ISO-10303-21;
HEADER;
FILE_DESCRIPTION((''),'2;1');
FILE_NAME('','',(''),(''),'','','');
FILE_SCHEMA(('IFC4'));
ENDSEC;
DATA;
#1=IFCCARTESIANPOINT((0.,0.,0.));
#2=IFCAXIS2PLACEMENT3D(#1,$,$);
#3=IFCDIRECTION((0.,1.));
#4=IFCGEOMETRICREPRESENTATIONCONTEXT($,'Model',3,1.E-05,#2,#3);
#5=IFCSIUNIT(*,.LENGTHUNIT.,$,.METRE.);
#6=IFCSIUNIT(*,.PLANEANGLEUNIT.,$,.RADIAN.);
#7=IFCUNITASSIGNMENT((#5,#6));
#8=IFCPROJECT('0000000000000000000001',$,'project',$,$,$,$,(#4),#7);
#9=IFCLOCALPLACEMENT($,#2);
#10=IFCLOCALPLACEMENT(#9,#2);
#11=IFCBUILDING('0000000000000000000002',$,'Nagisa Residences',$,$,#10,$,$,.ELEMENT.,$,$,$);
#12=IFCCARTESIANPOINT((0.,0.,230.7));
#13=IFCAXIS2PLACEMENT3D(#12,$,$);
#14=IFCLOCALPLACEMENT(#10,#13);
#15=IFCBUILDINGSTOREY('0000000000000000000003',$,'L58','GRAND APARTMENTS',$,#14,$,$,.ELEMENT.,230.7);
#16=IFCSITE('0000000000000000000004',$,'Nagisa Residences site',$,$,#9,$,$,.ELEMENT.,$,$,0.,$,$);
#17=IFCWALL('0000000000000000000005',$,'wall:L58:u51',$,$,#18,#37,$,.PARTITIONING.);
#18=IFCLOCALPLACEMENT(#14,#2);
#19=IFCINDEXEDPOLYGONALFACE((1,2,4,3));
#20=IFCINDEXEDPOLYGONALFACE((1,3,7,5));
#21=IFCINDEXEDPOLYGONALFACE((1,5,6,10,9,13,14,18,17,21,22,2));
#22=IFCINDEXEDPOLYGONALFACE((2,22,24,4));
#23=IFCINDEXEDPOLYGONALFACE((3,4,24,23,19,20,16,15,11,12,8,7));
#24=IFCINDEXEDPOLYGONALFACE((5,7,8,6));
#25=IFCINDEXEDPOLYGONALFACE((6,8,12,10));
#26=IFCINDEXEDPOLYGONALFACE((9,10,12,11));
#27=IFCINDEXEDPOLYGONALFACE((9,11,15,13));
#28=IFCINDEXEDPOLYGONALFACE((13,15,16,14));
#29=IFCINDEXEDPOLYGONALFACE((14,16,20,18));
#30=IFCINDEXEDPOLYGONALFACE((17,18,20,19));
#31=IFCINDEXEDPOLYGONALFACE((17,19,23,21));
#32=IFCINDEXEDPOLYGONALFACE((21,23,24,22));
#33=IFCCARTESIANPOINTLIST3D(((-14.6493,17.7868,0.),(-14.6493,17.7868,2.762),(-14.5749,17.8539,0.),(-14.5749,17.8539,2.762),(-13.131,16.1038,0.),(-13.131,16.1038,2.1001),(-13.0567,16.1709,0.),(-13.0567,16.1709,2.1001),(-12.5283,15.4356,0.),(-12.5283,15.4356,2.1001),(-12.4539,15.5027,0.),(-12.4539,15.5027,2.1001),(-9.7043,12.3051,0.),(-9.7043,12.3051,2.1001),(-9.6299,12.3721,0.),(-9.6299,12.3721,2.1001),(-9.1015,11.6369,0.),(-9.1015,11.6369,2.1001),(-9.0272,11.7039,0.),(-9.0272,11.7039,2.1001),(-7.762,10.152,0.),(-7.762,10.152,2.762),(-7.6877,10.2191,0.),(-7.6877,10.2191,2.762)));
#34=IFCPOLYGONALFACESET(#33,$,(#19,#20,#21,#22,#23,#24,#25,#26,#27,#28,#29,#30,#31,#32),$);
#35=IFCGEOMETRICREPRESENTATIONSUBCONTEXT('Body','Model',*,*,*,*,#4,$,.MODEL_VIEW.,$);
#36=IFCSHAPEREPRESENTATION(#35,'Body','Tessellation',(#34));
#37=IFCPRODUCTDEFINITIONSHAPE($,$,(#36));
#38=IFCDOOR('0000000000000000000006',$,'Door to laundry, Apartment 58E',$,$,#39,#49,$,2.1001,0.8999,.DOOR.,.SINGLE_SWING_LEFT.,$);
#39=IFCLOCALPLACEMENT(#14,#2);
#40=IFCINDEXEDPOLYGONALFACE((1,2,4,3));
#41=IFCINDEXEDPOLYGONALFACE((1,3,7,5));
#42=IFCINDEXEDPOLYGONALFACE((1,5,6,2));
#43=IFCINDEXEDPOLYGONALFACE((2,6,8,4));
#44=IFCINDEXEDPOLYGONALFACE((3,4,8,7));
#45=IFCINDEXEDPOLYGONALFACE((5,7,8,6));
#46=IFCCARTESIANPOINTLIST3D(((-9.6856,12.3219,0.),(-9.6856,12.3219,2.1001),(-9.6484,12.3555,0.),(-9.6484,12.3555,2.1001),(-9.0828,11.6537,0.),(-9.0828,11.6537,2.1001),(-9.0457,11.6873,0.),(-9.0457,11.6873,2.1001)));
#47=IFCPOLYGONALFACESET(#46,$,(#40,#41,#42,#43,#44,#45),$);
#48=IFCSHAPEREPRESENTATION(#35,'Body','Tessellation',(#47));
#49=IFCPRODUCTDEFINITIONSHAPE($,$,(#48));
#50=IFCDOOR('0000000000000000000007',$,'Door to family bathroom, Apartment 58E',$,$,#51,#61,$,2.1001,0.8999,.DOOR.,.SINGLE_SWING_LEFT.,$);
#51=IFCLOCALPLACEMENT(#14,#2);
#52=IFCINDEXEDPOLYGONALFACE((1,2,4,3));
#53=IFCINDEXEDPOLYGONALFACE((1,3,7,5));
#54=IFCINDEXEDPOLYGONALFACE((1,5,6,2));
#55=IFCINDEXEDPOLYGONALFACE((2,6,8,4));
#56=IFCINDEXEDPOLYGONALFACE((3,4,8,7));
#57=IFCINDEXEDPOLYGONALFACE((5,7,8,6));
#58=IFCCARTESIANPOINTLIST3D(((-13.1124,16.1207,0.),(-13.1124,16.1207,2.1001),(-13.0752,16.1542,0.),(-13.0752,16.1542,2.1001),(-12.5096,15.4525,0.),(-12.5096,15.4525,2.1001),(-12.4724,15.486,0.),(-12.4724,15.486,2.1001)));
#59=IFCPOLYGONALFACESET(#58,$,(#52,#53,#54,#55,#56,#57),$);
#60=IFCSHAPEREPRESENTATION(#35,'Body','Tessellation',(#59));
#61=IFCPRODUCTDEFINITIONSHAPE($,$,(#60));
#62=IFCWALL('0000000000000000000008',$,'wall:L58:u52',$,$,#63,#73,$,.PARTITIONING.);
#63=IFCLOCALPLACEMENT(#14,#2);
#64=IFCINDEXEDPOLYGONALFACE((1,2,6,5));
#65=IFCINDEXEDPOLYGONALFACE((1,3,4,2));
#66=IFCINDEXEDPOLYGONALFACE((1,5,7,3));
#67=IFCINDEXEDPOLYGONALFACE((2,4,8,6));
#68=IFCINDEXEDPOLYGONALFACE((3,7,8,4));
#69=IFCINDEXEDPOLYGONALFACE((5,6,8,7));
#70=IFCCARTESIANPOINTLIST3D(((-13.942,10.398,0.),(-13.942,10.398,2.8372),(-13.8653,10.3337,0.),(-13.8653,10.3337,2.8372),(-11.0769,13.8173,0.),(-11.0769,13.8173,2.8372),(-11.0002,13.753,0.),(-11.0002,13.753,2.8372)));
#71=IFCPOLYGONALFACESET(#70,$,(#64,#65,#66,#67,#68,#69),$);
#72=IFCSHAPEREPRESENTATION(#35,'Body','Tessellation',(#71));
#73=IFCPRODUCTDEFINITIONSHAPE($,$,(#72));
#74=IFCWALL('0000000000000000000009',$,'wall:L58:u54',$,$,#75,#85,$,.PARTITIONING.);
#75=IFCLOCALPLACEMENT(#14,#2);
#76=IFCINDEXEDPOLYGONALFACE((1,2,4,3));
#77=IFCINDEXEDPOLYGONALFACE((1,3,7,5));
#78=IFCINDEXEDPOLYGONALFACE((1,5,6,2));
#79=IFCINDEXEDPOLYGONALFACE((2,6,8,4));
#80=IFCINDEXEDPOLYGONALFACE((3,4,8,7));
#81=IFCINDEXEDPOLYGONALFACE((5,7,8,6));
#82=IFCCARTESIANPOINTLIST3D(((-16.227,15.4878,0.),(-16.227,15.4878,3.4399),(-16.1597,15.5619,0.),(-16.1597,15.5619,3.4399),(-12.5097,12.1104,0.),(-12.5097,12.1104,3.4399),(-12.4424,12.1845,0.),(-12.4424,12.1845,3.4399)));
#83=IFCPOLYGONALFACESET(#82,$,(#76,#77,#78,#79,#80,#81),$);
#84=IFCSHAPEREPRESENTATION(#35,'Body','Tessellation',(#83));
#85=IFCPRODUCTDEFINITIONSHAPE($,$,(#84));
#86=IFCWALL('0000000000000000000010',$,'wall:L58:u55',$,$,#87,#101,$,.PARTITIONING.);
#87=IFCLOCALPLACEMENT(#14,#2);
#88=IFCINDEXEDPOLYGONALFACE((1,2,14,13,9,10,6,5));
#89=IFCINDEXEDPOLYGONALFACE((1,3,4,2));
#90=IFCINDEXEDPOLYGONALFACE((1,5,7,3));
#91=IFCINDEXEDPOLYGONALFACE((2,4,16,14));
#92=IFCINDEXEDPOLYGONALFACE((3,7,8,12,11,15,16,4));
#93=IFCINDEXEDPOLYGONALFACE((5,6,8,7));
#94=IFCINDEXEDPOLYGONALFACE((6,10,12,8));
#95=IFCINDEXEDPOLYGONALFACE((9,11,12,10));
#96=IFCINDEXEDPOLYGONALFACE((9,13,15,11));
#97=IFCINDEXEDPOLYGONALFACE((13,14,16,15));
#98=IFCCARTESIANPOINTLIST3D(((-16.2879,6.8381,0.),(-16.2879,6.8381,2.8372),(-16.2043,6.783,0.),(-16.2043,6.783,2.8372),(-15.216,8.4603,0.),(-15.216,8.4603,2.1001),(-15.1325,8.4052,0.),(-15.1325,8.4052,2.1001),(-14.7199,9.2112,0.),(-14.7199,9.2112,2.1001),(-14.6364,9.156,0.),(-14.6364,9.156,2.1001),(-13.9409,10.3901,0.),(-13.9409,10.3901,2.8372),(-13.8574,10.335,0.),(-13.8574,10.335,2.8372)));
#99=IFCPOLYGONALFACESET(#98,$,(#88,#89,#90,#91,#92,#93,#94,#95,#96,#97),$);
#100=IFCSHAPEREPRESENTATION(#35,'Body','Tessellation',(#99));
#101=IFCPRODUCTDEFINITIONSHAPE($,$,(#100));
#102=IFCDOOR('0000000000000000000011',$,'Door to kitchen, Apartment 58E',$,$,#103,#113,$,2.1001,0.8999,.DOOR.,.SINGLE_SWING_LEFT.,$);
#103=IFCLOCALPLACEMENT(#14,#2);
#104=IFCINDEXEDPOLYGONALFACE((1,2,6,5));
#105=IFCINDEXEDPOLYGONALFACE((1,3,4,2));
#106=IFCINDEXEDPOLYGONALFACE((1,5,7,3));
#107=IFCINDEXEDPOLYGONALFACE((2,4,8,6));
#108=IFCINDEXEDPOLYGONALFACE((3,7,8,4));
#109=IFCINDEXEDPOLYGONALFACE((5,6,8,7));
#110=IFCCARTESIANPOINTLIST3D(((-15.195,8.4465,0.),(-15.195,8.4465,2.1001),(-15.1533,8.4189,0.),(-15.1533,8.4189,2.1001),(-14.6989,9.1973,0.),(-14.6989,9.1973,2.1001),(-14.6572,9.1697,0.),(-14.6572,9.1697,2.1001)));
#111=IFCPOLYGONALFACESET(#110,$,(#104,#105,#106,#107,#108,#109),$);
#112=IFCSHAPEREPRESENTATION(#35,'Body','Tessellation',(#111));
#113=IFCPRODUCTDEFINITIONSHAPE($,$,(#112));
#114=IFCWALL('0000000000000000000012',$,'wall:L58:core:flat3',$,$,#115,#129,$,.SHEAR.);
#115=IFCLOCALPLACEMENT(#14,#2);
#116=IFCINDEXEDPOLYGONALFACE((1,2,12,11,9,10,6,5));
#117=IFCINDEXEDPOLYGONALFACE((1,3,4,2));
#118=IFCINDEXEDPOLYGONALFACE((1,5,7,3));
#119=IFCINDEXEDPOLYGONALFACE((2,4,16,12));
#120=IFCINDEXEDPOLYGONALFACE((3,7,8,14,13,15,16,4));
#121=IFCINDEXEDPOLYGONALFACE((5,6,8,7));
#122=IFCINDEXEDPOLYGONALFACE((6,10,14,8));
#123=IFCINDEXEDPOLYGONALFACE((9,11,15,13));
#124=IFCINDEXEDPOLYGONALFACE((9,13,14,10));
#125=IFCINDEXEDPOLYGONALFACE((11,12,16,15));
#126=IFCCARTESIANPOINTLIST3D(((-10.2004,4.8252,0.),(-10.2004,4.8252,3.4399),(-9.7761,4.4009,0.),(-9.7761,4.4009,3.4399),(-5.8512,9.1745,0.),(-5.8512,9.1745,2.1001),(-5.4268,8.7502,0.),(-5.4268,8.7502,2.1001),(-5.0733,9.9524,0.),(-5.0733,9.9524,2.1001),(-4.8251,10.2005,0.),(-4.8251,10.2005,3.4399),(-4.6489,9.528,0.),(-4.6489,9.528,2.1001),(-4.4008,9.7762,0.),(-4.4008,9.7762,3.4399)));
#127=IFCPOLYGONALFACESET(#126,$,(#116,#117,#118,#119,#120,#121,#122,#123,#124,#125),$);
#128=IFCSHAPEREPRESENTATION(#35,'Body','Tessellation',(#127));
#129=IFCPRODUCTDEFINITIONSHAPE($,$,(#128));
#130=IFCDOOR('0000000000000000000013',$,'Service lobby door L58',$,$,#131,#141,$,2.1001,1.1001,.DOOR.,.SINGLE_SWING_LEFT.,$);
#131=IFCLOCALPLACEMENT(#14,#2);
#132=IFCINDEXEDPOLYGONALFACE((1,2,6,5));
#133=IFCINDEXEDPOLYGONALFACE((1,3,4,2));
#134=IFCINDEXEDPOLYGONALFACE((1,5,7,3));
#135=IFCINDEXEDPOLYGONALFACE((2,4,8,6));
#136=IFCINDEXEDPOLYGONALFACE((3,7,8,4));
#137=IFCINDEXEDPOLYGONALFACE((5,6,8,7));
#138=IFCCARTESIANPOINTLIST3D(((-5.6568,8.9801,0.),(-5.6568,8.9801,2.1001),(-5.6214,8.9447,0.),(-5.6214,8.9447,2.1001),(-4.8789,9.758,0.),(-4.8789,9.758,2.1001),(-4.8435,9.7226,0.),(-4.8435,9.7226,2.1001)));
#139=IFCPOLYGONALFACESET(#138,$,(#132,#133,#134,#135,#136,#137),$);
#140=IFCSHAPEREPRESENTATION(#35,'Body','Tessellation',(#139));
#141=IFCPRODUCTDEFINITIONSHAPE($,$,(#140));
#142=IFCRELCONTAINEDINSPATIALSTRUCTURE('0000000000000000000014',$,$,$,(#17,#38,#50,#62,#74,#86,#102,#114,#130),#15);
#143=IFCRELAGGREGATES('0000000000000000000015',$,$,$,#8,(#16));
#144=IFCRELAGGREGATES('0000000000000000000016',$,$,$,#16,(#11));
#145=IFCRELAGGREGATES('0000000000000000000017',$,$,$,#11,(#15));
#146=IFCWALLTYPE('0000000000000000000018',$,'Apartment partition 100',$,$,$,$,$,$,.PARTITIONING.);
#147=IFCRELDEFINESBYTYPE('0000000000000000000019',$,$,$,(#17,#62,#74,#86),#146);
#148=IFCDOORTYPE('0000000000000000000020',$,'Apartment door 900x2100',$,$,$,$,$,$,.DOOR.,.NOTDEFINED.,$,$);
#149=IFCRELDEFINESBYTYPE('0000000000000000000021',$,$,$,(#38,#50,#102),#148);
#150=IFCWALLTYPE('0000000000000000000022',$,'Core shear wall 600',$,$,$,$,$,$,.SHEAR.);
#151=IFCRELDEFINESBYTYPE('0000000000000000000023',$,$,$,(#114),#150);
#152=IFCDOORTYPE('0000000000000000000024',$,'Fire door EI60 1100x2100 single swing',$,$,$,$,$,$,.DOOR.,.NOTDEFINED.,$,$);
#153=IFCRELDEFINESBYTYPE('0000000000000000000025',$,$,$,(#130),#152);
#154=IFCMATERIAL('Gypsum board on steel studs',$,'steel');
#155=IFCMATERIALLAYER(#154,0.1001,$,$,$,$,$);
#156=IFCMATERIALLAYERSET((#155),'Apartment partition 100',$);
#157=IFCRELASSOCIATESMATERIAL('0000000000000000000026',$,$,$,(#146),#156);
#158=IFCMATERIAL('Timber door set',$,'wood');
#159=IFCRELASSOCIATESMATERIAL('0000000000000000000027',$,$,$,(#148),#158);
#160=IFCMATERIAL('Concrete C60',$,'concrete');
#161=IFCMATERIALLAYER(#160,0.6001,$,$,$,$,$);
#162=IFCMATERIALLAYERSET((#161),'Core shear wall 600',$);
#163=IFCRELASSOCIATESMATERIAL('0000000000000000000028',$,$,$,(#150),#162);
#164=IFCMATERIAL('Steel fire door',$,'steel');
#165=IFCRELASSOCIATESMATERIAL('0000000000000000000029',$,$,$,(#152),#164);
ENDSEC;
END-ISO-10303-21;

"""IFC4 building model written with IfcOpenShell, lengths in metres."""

from ifc_helpers import new_model, si_unit, direction, frame, frame_2d, origin, place, context, subcontext, project, spatial, rectangle, extrude, material, layer, layer_set, type_object, element, fill, save


model = new_model("IFC4")

# Units and contexts
model_context = context("Model", 3, precision=1e-05, world=origin(), true_north=direction((0.0, 1.0)))
body_context = subcontext(model_context, "Body", "Model", "MODEL_VIEW")
ifc_project = project(units=[si_unit("LENGTHUNIT", "METRE"), si_unit("PLANEANGLEUNIT", "RADIAN")], contexts=[model_context])

# Site, building, storey
site_placement = place(None, origin())
site = spatial("IfcSite", under=ifc_project, at=site_placement, Name="Nagisa Residences site", CompositionType="ELEMENT", RefElevation=0.0)
building_placement = place(site_placement, origin())
building = spatial("IfcBuilding", under=site, at=building_placement, Name="Nagisa Residences", CompositionType="ELEMENT")
storey_placement = place(building_placement, frame((0.0, 0.0, 230.7)))
storey = spatial("IfcBuildingStorey", under=building, at=storey_placement, Name="L58", Description="GRAND APARTMENTS", CompositionType="ELEMENT", Elevation=230.7)

# Shared definitions
ifc_material_1 = material(Name="Gypsum board on steel studs", Category="steel")
ifc_layer_1 = layer(ifc_material_1, 0.1001)
ifc_layer_set_1 = layer_set([ifc_layer_1], Name="Apartment partition 100")
wall_type_1 = type_object("IfcWallType", Name="Apartment partition 100", PredefinedType="PARTITIONING", material=ifc_layer_set_1)

# Shared definitions
ifc_material_2 = material(Name="Timber door set", Category="wood")
door_type_1 = type_object("IfcDoorType", Name="Apartment door 900x2100", OperationType="NOTDEFINED", PredefinedType="DOOR", material=ifc_material_2)

# Wall, openings, doors
wall_1_placement = place(storey_placement, frame((-7.7249, 10.1855, 0.0), z_axis=(0.0, 0.0, 1.0), x_axis=(-0.66982, 0.742524, 0.0)))
wall_1 = element("IfcWall", 1, at=wall_1_placement, inside=storey, type_object=wall_type_1, Name="wall:L58:u51", PredefinedType="PARTITIONING", context=body_context, shape_type="SweptSolid", body=[
    extrude(rectangle(XDim=10.2822, YDim=0.1001, at=frame_2d((5.1411, 0.0))), origin(), (0.0, 0.0, 1.0), 2.762),
])
opening_1_placement = place(wall_1_placement, frame((1.9998, 0.0, 0.0)))
opening_1 = element("IfcOpeningElement", 2, at=opening_1_placement, cuts=wall_1, PredefinedType="OPENING", context=body_context, shape_type="SweptSolid", body=[
    extrude(rectangle(XDim=0.8999, YDim=2.1001, at=frame_2d((0.45, 1.05))), frame((0.0, 0.0601, 0.0), z_axis=(0.0, -1.0, 0.0), x_axis=(1.0, 0.0, 0.0)), (0.0, 0.0, 1.0), 0.1201),
])
opening_2_placement = place(wall_1_placement, frame((7.1157, 0.0, 0.0)))
opening_2 = element("IfcOpeningElement", 3, at=opening_2_placement, cuts=wall_1, PredefinedType="OPENING", context=body_context, shape_type="SweptSolid", body=[
    extrude(rectangle(XDim=0.8999, YDim=2.1001, at=frame_2d((0.45, 1.05))), frame((0.0, 0.0601, 0.0), z_axis=(0.0, -1.0, 0.0), x_axis=(1.0, 0.0, 0.0)), (0.0, 0.0, 1.0), 0.1201),
])
door_1_placement = place(opening_1_placement, origin())
door_1 = element("IfcDoor", 4, at=door_1_placement, inside=storey, type_object=door_type_1, Name="Door to laundry, Apartment 58E", OperationType="SINGLE_SWING_LEFT", OverallHeight=2.1001, OverallWidth=0.8999, PredefinedType="DOOR", context=body_context, shape_type="SweptSolid", body=[
    extrude(rectangle(XDim=0.8999, YDim=2.1001, at=frame_2d((0.45, 1.05))), frame((0.0, 0.0249, 0.0), z_axis=(0.0, -1.0, 0.0), x_axis=(1.0, 0.0, 0.0)), (0.0, 0.0, 1.0), 0.05),
])
fill(opening_1, door_1)
door_2_placement = place(opening_2_placement, origin())
door_2 = element("IfcDoor", 5, at=door_2_placement, inside=storey, type_object=door_type_1, Name="Door to family bathroom, Apartment 58E", OperationType="SINGLE_SWING_LEFT", OverallHeight=2.1001, OverallWidth=0.8999, PredefinedType="DOOR", context=body_context, shape_type="SweptSolid", body=[
    extrude(rectangle(XDim=0.8999, YDim=2.1001, at=frame_2d((0.45, 1.05))), frame((0.0, 0.0249, 0.0), z_axis=(0.0, -1.0, 0.0), x_axis=(1.0, 0.0, 0.0)), (0.0, 0.0, 1.0), 0.05),
])
fill(opening_2, door_2)

# Walls
wall_2_placement = place(storey_placement, frame((-11.0386, 13.7852, 0.0), z_axis=(0.0, 0.0, 1.0), x_axis=(-0.642255, -0.766491, 0.0)))
element("IfcWall", 6, at=wall_2_placement, inside=storey, type_object=wall_type_1, Name="wall:L58:u52", PredefinedType="PARTITIONING", context=body_context, shape_type="SweptSolid", body=[
    extrude(rectangle(XDim=4.4609, YDim=0.1001, at=frame_2d((2.2305, 0.0))), origin(), (0.0, 0.0, 1.0), 2.8372),
])
wall_3_placement = place(storey_placement, frame((-12.4761, 12.1475, 0.0), z_axis=(0.0, 0.0, 1.0), x_axis=(-0.740129, 0.672465, 0.0)))
element("IfcWall", 7, at=wall_3_placement, inside=storey, type_object=wall_type_1, Name="wall:L58:u54", PredefinedType="PARTITIONING", context=body_context, shape_type="SweptSolid", body=[
    extrude(rectangle(XDim=5.0225, YDim=0.1001, at=frame_2d((2.5112, 0.0))), origin(), (0.0, 0.0, 1.0), 3.4399),
])

# Walls, openings, doors
wall_4_placement = place(storey_placement, frame((-13.8992, 10.3625, 0.0), z_axis=(0.0, 0.0, 1.0), x_axis=(-0.551268, -0.834328, 0.0)))
wall_4 = element("IfcWall", 8, at=wall_4_placement, inside=storey, type_object=wall_type_1, Name="wall:L58:u55", PredefinedType="PARTITIONING", context=body_context, shape_type="SweptSolid", body=[
    extrude(rectangle(XDim=4.2573, YDim=0.1001, at=frame_2d((2.1287, 0.0))), origin(), (0.0, 0.0, 1.0), 2.8372),
])
opening_3_placement = place(wall_4_placement, frame((1.4131, 0.0, 0.0)))
opening_3 = element("IfcOpeningElement", 9, at=opening_3_placement, cuts=wall_4, PredefinedType="OPENING", context=body_context, shape_type="SweptSolid", body=[
    extrude(rectangle(XDim=0.8999, YDim=2.1001, at=frame_2d((0.45, 1.05))), frame((0.0, 0.0601, 0.0), z_axis=(0.0, -1.0, 0.0), x_axis=(1.0, 0.0, 0.0)), (0.0, 0.0, 1.0), 0.1201),
])
door_3_placement = place(opening_3_placement, frame((0.8999, 0.0, 0.0), x_axis=(-1.0, 0.0, 0.0)))
door_3 = element("IfcDoor", 10, at=door_3_placement, inside=storey, type_object=door_type_1, Name="Door to kitchen, Apartment 58E", OperationType="SINGLE_SWING_LEFT", OverallHeight=2.1001, OverallWidth=0.8999, PredefinedType="DOOR", context=body_context, shape_type="SweptSolid", body=[
    extrude(rectangle(XDim=0.8999, YDim=2.1001, at=frame_2d((0.45, 1.05))), frame((0.0, 0.0249, 0.0), z_axis=(0.0, -1.0, 0.0), x_axis=(1.0, 0.0, 0.0)), (0.0, 0.0, 1.0), 0.05),
])
fill(opening_3, door_3)
ifc_material_3 = material(Name="Concrete C60", Category="concrete")
ifc_layer_2 = layer(ifc_material_3, 0.6001)
ifc_layer_set_2 = layer_set([ifc_layer_2], Name="Core shear wall 600")
wall_type_2 = type_object("IfcWallType", Name="Core shear wall 600", PredefinedType="SHEAR", material=ifc_layer_set_2)
wall_5_placement = place(storey_placement, frame((-4.613, 9.9883, 0.0), z_axis=(0.0, 0.0, 1.0), x_axis=(-0.707107, -0.707107, 0.0)))
wall_5 = element("IfcWall", 11, at=wall_5_placement, inside=storey, type_object=wall_type_2, Name="wall:L58:core:flat3", PredefinedType="SHEAR", context=body_context, shape_type="SweptSolid", body=[
    extrude(rectangle(XDim=7.6018, YDim=0.6001, at=frame_2d((3.8008, 0.0))), origin(), (0.0, 0.0, 1.0), 3.4399),
])
opening_4_placement = place(wall_5_placement, frame((0.3508, 0.0, 0.0)))
opening_4 = element("IfcOpeningElement", 12, at=opening_4_placement, cuts=wall_5, PredefinedType="OPENING", context=body_context, shape_type="SweptSolid", body=[
    extrude(rectangle(XDim=1.1001, YDim=2.1001, at=frame_2d((0.55, 1.05))), frame((0.0, 0.3101, 0.0), z_axis=(0.0, -1.0, 0.0), x_axis=(1.0, 0.0, 0.0)), (0.0, 0.0, 1.0), 0.6201),
])
ifc_material_4 = material(Name="Steel fire door", Category="steel")
door_type_2 = type_object("IfcDoorType", Name="Fire door EI60 1100x2100 single swing", OperationType="NOTDEFINED", PredefinedType="DOOR", material=ifc_material_4)
door_4_placement = place(opening_4_placement, origin())
door_4 = element("IfcDoor", 13, at=door_4_placement, inside=storey, type_object=door_type_2, Name="Service lobby door L58", OperationType="SINGLE_SWING_LEFT", OverallHeight=2.1001, OverallWidth=1.1001, PredefinedType="DOOR", context=body_context, shape_type="SweptSolid", body=[
    extrude(rectangle(XDim=1.1001, YDim=2.1001, at=frame_2d((0.55, 1.05))), frame((0.0, 0.0249, 0.0), z_axis=(0.0, -1.0, 0.0), x_axis=(1.0, 0.0, 0.0)), (0.0, 0.0, 1.0), 0.05),
])
fill(opening_4, door_4)

save(model, "model.ifc")
